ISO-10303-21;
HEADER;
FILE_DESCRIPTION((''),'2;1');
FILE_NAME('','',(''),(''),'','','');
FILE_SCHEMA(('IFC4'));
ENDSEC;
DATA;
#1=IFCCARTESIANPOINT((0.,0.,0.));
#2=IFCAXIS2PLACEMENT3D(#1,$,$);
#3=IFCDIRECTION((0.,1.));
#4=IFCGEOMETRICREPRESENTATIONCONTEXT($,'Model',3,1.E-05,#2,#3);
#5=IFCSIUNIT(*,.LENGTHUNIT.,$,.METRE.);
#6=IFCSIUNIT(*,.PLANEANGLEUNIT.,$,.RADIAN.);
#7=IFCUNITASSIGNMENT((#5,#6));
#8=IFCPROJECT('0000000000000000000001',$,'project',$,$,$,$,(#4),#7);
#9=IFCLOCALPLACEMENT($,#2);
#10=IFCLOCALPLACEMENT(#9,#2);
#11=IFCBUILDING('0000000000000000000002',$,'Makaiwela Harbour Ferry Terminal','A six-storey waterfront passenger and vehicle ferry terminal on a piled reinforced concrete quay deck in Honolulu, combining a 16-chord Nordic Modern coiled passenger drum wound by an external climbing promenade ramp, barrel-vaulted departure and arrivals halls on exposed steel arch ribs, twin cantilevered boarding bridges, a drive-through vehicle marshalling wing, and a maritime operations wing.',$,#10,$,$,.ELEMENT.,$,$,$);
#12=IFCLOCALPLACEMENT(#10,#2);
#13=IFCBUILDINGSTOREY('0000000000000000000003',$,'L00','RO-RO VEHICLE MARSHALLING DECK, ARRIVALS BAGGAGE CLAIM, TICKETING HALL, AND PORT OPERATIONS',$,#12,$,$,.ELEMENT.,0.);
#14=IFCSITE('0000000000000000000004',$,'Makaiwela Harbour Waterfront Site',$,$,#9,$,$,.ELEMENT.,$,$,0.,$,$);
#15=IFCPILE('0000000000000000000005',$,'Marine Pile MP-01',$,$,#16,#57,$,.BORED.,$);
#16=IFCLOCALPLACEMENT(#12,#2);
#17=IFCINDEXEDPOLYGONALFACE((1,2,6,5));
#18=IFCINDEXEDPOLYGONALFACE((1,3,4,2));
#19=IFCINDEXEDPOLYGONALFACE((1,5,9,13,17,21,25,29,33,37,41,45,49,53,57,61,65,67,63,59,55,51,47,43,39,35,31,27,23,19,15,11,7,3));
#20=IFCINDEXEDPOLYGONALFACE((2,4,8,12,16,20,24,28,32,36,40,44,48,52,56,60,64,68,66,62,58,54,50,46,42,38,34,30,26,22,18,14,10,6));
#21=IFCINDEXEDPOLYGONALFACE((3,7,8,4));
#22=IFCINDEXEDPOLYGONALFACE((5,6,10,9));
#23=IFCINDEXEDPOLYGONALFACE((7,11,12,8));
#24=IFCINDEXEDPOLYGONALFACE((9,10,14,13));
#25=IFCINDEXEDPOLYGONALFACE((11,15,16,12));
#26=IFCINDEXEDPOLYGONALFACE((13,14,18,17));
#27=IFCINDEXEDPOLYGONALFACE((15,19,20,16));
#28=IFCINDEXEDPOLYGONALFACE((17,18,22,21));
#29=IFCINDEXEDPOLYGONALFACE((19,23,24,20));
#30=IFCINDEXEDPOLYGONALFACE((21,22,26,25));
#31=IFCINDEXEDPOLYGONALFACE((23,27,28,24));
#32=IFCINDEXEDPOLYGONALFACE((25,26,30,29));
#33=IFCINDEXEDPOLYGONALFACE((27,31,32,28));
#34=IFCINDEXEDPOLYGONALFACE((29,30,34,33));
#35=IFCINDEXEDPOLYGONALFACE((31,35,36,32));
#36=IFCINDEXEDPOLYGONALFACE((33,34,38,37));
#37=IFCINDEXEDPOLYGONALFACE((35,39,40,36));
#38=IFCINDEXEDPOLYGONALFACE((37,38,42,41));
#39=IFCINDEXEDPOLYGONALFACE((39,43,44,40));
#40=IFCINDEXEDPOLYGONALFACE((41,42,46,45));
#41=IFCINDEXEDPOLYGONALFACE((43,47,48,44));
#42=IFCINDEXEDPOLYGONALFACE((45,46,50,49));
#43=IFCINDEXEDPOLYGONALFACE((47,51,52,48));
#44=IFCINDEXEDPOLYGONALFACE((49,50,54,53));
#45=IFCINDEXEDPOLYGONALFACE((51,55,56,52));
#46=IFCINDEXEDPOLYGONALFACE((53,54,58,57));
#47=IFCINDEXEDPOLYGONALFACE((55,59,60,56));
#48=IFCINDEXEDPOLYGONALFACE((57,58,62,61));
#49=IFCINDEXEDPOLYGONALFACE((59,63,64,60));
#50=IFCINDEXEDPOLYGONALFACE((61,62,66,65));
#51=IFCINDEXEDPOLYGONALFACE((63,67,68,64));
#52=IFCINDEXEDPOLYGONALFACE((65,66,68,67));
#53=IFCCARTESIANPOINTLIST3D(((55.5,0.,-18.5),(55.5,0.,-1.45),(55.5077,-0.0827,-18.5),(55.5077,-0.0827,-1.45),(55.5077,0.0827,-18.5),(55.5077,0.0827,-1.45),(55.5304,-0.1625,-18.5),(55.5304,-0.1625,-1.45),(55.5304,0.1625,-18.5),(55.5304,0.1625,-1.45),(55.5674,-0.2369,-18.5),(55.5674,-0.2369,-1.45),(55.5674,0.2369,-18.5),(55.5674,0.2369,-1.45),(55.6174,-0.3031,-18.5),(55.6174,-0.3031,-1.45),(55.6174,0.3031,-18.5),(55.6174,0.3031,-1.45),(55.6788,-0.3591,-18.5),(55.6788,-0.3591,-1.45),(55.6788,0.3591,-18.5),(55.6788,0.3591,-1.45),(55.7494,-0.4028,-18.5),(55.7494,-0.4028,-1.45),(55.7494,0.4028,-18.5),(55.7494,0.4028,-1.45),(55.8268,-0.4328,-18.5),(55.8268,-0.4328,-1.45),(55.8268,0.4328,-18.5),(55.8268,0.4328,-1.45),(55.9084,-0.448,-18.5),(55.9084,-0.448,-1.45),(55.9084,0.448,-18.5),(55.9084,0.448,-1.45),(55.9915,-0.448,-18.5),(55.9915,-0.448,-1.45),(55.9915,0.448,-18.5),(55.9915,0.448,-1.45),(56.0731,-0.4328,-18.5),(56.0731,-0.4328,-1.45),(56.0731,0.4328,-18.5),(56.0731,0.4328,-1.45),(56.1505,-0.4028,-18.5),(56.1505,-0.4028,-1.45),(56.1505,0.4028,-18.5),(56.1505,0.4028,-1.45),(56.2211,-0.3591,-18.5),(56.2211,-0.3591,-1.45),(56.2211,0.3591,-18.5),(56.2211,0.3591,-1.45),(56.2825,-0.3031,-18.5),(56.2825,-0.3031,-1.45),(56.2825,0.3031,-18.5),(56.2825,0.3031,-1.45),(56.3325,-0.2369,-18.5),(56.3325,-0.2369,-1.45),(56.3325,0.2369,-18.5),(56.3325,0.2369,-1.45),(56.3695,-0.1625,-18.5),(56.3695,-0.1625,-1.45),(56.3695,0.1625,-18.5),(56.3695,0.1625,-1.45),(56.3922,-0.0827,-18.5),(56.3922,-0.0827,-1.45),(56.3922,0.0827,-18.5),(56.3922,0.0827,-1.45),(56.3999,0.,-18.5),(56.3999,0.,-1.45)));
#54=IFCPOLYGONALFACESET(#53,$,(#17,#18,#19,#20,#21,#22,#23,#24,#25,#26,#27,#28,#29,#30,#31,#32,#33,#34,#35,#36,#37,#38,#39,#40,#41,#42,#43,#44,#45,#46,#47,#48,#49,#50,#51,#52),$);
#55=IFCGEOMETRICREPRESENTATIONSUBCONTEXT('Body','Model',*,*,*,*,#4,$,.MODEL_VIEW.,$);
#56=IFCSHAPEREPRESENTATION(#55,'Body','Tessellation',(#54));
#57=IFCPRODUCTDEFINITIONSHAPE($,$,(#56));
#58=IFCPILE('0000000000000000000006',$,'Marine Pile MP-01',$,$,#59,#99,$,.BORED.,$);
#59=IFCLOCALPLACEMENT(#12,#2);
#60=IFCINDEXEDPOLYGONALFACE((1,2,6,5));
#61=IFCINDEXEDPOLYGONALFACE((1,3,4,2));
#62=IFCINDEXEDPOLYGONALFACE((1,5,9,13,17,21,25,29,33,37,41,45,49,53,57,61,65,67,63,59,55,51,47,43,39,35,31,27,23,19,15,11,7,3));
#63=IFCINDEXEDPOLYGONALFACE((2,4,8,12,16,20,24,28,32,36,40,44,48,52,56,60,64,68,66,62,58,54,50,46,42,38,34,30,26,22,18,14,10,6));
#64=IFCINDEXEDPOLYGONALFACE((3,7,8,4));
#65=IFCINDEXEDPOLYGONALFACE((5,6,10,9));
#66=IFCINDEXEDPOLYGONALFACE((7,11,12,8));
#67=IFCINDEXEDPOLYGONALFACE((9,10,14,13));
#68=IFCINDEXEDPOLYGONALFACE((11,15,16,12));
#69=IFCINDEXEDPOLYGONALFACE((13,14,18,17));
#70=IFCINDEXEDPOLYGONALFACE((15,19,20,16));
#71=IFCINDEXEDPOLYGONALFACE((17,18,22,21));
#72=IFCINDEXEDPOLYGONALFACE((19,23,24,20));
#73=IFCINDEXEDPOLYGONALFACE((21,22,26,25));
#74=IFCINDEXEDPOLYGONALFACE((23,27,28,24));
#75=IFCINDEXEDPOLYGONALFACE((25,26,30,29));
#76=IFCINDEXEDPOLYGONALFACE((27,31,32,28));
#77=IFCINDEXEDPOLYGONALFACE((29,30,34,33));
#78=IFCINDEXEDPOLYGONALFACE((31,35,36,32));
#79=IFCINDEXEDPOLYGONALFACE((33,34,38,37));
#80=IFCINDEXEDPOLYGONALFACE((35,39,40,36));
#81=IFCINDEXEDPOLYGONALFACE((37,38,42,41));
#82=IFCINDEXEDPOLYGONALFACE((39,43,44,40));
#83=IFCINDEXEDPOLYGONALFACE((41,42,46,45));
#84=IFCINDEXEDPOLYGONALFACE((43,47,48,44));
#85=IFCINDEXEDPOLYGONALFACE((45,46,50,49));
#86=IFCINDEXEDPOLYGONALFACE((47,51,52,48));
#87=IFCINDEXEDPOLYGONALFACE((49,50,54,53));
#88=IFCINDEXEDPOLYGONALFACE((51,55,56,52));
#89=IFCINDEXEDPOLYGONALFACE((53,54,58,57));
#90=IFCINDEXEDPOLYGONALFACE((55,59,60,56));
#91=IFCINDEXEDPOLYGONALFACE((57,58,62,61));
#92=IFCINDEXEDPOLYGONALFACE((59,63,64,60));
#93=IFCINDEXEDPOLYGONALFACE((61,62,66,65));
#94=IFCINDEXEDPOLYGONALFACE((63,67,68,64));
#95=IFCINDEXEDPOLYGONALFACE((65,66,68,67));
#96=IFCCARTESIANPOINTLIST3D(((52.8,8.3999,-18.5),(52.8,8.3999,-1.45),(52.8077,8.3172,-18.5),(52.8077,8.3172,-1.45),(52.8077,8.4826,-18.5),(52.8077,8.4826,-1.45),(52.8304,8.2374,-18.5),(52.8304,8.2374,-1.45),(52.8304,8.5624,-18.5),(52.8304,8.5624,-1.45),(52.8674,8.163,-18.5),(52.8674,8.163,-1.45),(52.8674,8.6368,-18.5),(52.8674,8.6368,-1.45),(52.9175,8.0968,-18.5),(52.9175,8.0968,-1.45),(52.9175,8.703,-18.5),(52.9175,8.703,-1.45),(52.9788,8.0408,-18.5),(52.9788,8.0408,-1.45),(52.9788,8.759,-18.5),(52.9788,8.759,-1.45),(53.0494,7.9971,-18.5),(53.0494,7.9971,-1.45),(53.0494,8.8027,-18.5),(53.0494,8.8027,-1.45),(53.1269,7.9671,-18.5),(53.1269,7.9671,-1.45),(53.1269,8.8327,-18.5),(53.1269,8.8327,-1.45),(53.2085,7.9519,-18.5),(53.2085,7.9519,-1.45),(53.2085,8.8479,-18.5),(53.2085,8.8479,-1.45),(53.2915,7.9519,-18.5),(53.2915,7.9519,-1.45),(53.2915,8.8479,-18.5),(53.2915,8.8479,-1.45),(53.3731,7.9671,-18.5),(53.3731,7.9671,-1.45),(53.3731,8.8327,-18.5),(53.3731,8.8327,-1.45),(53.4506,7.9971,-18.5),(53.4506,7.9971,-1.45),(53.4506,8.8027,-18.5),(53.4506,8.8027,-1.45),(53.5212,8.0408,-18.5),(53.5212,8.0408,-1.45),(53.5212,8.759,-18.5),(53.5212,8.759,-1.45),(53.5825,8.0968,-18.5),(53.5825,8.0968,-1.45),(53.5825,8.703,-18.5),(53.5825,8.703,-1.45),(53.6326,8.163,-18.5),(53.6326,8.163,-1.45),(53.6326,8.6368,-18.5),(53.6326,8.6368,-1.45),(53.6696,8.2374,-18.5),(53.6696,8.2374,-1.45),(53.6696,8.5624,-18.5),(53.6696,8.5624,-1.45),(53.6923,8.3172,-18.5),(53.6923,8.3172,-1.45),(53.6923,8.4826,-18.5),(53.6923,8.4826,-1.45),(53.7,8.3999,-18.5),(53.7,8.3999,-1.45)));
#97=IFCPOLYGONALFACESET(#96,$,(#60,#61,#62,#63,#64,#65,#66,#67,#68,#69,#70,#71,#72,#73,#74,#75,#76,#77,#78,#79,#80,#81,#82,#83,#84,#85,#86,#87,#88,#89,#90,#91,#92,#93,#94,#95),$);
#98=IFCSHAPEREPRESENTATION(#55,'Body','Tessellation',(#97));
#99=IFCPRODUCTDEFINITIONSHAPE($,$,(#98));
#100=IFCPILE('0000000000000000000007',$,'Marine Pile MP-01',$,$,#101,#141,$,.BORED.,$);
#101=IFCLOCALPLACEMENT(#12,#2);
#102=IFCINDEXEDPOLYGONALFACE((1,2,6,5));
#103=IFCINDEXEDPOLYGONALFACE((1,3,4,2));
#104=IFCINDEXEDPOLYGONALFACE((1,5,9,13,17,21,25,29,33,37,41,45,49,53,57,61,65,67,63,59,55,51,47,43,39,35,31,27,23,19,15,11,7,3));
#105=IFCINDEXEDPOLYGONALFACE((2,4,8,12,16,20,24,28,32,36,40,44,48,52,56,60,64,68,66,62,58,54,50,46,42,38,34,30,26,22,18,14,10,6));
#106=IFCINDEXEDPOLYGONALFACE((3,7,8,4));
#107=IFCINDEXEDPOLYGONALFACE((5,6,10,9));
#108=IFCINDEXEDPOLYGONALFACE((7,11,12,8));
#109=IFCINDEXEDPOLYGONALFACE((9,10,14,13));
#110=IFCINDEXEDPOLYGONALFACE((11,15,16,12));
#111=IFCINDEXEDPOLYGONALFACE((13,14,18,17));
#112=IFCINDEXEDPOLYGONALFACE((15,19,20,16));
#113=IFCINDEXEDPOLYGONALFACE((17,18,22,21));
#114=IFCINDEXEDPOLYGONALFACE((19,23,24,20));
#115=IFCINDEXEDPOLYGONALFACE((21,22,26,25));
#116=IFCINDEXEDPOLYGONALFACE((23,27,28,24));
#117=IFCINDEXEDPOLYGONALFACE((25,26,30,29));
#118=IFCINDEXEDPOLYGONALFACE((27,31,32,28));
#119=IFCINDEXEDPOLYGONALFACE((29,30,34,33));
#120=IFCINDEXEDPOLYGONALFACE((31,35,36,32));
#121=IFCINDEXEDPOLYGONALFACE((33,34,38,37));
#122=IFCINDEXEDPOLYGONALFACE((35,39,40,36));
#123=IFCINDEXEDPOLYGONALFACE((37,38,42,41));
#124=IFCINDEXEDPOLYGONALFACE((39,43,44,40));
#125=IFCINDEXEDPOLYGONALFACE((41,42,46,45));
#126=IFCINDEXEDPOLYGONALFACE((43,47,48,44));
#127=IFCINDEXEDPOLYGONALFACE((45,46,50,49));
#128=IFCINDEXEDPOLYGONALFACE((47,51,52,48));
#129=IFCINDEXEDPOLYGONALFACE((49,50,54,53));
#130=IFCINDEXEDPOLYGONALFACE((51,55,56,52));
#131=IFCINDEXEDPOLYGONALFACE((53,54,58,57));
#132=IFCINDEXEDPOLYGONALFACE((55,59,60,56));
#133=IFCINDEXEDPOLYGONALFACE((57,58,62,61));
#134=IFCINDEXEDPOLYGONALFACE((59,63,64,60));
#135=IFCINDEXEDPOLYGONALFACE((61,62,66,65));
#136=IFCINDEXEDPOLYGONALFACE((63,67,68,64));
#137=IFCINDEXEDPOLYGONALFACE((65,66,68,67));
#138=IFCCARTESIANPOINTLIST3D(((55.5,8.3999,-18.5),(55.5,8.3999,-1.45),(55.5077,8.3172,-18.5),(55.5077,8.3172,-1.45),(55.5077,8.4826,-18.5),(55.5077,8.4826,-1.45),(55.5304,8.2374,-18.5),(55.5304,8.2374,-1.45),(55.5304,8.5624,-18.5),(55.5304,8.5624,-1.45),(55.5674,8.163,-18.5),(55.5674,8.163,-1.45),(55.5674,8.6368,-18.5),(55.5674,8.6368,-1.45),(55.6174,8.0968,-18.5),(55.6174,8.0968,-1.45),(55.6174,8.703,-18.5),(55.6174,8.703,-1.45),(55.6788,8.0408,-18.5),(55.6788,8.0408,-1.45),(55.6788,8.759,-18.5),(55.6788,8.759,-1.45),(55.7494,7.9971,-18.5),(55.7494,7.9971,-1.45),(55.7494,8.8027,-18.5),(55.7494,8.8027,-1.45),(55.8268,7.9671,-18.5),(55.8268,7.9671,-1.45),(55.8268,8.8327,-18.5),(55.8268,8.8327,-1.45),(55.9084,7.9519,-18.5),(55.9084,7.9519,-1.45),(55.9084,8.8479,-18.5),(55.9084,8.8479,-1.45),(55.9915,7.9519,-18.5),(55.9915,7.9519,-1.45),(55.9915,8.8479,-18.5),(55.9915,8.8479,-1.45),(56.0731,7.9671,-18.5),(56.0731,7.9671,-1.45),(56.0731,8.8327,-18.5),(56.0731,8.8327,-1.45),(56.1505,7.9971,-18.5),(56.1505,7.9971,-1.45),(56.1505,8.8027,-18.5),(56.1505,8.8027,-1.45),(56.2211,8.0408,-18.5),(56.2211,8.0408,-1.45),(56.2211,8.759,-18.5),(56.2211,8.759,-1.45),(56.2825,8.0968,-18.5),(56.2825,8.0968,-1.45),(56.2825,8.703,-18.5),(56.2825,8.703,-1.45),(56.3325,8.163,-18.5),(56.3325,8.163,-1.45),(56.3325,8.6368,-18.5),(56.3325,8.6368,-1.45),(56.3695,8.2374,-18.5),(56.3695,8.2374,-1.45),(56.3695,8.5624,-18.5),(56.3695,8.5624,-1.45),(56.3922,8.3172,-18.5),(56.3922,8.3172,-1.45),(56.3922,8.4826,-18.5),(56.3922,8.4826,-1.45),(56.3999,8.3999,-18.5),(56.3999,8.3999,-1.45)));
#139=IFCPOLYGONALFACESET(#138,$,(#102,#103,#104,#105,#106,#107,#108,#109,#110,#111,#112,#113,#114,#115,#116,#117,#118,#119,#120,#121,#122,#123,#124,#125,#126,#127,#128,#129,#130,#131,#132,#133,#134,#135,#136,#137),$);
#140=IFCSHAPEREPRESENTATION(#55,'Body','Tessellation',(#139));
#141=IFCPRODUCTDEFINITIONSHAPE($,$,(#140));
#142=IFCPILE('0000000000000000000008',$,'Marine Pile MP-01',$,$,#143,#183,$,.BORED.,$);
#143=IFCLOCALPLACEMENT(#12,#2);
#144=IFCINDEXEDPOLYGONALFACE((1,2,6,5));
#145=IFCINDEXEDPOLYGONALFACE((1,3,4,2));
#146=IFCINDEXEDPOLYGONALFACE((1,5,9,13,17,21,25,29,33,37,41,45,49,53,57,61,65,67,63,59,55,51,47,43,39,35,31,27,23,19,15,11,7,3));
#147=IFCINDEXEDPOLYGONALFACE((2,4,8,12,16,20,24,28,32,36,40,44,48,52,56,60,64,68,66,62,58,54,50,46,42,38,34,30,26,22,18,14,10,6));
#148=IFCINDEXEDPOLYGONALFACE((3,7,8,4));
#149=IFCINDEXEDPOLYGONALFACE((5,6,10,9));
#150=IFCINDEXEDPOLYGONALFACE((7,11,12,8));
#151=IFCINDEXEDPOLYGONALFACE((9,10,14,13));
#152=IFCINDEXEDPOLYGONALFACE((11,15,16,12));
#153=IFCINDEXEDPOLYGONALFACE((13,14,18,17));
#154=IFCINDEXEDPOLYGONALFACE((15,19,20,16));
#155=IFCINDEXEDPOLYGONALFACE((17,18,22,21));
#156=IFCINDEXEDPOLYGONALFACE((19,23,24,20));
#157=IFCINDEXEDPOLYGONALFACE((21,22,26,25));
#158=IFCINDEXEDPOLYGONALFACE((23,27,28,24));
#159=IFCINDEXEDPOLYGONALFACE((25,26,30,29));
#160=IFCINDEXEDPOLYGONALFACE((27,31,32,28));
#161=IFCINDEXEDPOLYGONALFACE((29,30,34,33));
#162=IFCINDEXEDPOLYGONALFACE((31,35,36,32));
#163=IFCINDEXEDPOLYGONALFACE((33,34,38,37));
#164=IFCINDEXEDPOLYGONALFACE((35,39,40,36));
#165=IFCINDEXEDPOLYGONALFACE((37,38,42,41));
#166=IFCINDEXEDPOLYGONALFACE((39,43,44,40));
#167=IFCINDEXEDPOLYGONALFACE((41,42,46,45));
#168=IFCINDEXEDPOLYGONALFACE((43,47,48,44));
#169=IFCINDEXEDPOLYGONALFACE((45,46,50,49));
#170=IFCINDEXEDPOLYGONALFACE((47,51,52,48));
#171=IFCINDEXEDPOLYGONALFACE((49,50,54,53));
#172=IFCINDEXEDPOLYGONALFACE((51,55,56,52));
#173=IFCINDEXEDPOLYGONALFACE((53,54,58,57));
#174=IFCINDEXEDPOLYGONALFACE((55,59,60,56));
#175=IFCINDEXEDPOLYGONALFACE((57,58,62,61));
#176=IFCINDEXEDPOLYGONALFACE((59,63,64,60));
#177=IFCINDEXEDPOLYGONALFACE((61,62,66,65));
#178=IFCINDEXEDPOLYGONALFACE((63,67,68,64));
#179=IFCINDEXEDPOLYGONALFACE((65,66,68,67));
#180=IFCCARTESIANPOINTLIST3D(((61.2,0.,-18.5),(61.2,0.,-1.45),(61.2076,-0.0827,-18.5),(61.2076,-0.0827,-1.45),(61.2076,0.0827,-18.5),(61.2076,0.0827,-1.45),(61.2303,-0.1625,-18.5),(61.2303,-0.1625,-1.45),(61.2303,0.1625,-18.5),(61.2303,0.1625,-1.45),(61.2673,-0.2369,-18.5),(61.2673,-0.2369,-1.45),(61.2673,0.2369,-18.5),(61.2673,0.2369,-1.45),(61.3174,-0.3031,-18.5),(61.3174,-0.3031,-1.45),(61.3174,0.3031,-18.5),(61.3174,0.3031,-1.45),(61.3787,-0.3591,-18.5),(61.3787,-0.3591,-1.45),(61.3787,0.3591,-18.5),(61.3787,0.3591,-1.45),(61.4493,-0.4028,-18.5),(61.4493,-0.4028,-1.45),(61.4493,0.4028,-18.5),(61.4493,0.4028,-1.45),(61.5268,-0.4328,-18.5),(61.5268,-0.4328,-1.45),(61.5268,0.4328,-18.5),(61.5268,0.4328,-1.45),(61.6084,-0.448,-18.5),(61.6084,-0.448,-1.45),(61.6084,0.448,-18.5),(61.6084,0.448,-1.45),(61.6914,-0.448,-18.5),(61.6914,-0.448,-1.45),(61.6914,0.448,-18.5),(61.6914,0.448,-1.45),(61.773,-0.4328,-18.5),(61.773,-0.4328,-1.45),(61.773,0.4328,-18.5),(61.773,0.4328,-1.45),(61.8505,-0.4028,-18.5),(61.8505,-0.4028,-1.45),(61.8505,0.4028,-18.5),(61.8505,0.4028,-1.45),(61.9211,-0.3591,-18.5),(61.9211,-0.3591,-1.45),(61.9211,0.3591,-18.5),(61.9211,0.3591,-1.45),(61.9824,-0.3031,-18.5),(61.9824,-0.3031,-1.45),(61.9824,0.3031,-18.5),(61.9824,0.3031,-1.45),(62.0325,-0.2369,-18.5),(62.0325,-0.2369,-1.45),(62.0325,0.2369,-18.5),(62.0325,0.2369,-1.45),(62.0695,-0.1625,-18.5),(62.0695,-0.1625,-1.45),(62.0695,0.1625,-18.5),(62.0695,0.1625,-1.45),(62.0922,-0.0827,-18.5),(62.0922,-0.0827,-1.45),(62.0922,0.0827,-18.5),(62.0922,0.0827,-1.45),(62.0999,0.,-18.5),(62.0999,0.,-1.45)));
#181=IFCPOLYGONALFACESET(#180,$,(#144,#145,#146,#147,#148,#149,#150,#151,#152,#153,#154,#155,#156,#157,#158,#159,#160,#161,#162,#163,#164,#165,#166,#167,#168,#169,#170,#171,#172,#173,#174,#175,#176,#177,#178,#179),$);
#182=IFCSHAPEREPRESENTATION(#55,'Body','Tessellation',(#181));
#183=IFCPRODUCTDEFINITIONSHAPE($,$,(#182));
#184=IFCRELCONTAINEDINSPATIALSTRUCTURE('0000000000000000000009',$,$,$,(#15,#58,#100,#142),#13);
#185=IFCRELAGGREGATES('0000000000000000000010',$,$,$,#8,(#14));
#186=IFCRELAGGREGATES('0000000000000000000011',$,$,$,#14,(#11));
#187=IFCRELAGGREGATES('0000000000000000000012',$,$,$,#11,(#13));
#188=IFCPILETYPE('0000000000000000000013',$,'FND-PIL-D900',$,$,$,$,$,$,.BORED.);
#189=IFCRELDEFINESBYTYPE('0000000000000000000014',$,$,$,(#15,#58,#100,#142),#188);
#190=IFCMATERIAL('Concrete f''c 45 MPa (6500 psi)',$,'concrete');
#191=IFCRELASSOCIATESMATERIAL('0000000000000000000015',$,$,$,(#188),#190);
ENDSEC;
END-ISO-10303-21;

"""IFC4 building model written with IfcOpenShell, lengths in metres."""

from ifc_helpers import new_model, si_unit, direction, frame, origin, origin_2d, place, context, subcontext, project, spatial, circle, extrude, material, material_profile, profile_set, type_object, element, save


model = new_model("IFC4")

# Units and contexts
model_context = context("Model", 3, precision=1e-05, world=origin(), true_north=direction((0.0, 1.0)))
body_context = subcontext(model_context, "Body", "Model", "MODEL_VIEW")
ifc_project = project(units=[si_unit("LENGTHUNIT", "METRE"), si_unit("PLANEANGLEUNIT", "RADIAN")], contexts=[model_context])

# Site, building, storey
site_placement = place(None, origin())
site = spatial("IfcSite", under=ifc_project, at=site_placement, Name="Makaiwela Harbour Waterfront Site", CompositionType="ELEMENT", RefElevation=0.0)
building_placement = place(site_placement, origin())
building = spatial("IfcBuilding", under=site, at=building_placement, Name="Makaiwela Harbour Ferry Terminal", Description="A six-storey waterfront passenger and vehicle ferry terminal on a piled reinforced concrete quay deck in Honolulu, combining a 16-chord Nordic Modern coiled passenger drum wound by an external climbing promenade ramp, barrel-vaulted departure and arrivals halls on exposed steel arch ribs, twin cantilevered boarding bridges, a drive-through vehicle marshalling wing, and a maritime operations wing.", CompositionType="ELEMENT")
storey_placement = place(building_placement, origin())
storey = spatial("IfcBuildingStorey", under=building, at=storey_placement, Name="L00", Description="RO-RO VEHICLE MARSHALLING DECK, ARRIVALS BAGGAGE CLAIM, TICKETING HALL, AND PORT OPERATIONS", CompositionType="ELEMENT", Elevation=0.0)

# Shared definitions
ifc_material_1 = material(Name="Concrete f'c 45 MPa (6500 psi)", Category="concrete")

# Piles
ifc_material_profile_1 = material_profile(ifc_material_1, circle(Radius=0.45, at=origin_2d()), Name="PILE-D900")
ifc_profile_set_1 = profile_set([ifc_material_profile_1], Name="Concrete f'c 45 MPa (6500 psi)")
pile_type_1 = type_object("IfcPileType", Name="FND-PIL-D900", PredefinedType="BORED", material=ifc_profile_set_1)
for number, where, z_axis, x_axis, name in (
    (1, (55.95, 0.0, -1.45), (0.0, 0.0, -1.0), (1.0, 0.0, 0.0), "Marine Pile MP-01"),
    (2, (53.25, 8.3999, -1.45), (0.0, 0.0, -1.0), (1.0, 0.0, 0.0), "Marine Pile MP-01"),
    (3, (55.95, 8.3999, -1.45), (0.0, 0.0, -1.0), (1.0, 0.0, 0.0), "Marine Pile MP-01"),
    (4, (61.6499, 0.0, -1.45), (0.0, 0.0, -1.0), (1.0, 0.0, 0.0), "Marine Pile MP-01"),
):
    element("IfcPile", number, at=place(storey_placement, frame(where, z_axis=z_axis, x_axis=x_axis)), inside=storey, type_object=pile_type_1, Name=name, PredefinedType="BORED", context=body_context, shape_type="SweptSolid", body=[
        extrude(circle(Radius=0.45, at=origin_2d()), origin(), (0.0, 0.0, 1.0), 17.05),
    ])

save(model, "model.ifc")
